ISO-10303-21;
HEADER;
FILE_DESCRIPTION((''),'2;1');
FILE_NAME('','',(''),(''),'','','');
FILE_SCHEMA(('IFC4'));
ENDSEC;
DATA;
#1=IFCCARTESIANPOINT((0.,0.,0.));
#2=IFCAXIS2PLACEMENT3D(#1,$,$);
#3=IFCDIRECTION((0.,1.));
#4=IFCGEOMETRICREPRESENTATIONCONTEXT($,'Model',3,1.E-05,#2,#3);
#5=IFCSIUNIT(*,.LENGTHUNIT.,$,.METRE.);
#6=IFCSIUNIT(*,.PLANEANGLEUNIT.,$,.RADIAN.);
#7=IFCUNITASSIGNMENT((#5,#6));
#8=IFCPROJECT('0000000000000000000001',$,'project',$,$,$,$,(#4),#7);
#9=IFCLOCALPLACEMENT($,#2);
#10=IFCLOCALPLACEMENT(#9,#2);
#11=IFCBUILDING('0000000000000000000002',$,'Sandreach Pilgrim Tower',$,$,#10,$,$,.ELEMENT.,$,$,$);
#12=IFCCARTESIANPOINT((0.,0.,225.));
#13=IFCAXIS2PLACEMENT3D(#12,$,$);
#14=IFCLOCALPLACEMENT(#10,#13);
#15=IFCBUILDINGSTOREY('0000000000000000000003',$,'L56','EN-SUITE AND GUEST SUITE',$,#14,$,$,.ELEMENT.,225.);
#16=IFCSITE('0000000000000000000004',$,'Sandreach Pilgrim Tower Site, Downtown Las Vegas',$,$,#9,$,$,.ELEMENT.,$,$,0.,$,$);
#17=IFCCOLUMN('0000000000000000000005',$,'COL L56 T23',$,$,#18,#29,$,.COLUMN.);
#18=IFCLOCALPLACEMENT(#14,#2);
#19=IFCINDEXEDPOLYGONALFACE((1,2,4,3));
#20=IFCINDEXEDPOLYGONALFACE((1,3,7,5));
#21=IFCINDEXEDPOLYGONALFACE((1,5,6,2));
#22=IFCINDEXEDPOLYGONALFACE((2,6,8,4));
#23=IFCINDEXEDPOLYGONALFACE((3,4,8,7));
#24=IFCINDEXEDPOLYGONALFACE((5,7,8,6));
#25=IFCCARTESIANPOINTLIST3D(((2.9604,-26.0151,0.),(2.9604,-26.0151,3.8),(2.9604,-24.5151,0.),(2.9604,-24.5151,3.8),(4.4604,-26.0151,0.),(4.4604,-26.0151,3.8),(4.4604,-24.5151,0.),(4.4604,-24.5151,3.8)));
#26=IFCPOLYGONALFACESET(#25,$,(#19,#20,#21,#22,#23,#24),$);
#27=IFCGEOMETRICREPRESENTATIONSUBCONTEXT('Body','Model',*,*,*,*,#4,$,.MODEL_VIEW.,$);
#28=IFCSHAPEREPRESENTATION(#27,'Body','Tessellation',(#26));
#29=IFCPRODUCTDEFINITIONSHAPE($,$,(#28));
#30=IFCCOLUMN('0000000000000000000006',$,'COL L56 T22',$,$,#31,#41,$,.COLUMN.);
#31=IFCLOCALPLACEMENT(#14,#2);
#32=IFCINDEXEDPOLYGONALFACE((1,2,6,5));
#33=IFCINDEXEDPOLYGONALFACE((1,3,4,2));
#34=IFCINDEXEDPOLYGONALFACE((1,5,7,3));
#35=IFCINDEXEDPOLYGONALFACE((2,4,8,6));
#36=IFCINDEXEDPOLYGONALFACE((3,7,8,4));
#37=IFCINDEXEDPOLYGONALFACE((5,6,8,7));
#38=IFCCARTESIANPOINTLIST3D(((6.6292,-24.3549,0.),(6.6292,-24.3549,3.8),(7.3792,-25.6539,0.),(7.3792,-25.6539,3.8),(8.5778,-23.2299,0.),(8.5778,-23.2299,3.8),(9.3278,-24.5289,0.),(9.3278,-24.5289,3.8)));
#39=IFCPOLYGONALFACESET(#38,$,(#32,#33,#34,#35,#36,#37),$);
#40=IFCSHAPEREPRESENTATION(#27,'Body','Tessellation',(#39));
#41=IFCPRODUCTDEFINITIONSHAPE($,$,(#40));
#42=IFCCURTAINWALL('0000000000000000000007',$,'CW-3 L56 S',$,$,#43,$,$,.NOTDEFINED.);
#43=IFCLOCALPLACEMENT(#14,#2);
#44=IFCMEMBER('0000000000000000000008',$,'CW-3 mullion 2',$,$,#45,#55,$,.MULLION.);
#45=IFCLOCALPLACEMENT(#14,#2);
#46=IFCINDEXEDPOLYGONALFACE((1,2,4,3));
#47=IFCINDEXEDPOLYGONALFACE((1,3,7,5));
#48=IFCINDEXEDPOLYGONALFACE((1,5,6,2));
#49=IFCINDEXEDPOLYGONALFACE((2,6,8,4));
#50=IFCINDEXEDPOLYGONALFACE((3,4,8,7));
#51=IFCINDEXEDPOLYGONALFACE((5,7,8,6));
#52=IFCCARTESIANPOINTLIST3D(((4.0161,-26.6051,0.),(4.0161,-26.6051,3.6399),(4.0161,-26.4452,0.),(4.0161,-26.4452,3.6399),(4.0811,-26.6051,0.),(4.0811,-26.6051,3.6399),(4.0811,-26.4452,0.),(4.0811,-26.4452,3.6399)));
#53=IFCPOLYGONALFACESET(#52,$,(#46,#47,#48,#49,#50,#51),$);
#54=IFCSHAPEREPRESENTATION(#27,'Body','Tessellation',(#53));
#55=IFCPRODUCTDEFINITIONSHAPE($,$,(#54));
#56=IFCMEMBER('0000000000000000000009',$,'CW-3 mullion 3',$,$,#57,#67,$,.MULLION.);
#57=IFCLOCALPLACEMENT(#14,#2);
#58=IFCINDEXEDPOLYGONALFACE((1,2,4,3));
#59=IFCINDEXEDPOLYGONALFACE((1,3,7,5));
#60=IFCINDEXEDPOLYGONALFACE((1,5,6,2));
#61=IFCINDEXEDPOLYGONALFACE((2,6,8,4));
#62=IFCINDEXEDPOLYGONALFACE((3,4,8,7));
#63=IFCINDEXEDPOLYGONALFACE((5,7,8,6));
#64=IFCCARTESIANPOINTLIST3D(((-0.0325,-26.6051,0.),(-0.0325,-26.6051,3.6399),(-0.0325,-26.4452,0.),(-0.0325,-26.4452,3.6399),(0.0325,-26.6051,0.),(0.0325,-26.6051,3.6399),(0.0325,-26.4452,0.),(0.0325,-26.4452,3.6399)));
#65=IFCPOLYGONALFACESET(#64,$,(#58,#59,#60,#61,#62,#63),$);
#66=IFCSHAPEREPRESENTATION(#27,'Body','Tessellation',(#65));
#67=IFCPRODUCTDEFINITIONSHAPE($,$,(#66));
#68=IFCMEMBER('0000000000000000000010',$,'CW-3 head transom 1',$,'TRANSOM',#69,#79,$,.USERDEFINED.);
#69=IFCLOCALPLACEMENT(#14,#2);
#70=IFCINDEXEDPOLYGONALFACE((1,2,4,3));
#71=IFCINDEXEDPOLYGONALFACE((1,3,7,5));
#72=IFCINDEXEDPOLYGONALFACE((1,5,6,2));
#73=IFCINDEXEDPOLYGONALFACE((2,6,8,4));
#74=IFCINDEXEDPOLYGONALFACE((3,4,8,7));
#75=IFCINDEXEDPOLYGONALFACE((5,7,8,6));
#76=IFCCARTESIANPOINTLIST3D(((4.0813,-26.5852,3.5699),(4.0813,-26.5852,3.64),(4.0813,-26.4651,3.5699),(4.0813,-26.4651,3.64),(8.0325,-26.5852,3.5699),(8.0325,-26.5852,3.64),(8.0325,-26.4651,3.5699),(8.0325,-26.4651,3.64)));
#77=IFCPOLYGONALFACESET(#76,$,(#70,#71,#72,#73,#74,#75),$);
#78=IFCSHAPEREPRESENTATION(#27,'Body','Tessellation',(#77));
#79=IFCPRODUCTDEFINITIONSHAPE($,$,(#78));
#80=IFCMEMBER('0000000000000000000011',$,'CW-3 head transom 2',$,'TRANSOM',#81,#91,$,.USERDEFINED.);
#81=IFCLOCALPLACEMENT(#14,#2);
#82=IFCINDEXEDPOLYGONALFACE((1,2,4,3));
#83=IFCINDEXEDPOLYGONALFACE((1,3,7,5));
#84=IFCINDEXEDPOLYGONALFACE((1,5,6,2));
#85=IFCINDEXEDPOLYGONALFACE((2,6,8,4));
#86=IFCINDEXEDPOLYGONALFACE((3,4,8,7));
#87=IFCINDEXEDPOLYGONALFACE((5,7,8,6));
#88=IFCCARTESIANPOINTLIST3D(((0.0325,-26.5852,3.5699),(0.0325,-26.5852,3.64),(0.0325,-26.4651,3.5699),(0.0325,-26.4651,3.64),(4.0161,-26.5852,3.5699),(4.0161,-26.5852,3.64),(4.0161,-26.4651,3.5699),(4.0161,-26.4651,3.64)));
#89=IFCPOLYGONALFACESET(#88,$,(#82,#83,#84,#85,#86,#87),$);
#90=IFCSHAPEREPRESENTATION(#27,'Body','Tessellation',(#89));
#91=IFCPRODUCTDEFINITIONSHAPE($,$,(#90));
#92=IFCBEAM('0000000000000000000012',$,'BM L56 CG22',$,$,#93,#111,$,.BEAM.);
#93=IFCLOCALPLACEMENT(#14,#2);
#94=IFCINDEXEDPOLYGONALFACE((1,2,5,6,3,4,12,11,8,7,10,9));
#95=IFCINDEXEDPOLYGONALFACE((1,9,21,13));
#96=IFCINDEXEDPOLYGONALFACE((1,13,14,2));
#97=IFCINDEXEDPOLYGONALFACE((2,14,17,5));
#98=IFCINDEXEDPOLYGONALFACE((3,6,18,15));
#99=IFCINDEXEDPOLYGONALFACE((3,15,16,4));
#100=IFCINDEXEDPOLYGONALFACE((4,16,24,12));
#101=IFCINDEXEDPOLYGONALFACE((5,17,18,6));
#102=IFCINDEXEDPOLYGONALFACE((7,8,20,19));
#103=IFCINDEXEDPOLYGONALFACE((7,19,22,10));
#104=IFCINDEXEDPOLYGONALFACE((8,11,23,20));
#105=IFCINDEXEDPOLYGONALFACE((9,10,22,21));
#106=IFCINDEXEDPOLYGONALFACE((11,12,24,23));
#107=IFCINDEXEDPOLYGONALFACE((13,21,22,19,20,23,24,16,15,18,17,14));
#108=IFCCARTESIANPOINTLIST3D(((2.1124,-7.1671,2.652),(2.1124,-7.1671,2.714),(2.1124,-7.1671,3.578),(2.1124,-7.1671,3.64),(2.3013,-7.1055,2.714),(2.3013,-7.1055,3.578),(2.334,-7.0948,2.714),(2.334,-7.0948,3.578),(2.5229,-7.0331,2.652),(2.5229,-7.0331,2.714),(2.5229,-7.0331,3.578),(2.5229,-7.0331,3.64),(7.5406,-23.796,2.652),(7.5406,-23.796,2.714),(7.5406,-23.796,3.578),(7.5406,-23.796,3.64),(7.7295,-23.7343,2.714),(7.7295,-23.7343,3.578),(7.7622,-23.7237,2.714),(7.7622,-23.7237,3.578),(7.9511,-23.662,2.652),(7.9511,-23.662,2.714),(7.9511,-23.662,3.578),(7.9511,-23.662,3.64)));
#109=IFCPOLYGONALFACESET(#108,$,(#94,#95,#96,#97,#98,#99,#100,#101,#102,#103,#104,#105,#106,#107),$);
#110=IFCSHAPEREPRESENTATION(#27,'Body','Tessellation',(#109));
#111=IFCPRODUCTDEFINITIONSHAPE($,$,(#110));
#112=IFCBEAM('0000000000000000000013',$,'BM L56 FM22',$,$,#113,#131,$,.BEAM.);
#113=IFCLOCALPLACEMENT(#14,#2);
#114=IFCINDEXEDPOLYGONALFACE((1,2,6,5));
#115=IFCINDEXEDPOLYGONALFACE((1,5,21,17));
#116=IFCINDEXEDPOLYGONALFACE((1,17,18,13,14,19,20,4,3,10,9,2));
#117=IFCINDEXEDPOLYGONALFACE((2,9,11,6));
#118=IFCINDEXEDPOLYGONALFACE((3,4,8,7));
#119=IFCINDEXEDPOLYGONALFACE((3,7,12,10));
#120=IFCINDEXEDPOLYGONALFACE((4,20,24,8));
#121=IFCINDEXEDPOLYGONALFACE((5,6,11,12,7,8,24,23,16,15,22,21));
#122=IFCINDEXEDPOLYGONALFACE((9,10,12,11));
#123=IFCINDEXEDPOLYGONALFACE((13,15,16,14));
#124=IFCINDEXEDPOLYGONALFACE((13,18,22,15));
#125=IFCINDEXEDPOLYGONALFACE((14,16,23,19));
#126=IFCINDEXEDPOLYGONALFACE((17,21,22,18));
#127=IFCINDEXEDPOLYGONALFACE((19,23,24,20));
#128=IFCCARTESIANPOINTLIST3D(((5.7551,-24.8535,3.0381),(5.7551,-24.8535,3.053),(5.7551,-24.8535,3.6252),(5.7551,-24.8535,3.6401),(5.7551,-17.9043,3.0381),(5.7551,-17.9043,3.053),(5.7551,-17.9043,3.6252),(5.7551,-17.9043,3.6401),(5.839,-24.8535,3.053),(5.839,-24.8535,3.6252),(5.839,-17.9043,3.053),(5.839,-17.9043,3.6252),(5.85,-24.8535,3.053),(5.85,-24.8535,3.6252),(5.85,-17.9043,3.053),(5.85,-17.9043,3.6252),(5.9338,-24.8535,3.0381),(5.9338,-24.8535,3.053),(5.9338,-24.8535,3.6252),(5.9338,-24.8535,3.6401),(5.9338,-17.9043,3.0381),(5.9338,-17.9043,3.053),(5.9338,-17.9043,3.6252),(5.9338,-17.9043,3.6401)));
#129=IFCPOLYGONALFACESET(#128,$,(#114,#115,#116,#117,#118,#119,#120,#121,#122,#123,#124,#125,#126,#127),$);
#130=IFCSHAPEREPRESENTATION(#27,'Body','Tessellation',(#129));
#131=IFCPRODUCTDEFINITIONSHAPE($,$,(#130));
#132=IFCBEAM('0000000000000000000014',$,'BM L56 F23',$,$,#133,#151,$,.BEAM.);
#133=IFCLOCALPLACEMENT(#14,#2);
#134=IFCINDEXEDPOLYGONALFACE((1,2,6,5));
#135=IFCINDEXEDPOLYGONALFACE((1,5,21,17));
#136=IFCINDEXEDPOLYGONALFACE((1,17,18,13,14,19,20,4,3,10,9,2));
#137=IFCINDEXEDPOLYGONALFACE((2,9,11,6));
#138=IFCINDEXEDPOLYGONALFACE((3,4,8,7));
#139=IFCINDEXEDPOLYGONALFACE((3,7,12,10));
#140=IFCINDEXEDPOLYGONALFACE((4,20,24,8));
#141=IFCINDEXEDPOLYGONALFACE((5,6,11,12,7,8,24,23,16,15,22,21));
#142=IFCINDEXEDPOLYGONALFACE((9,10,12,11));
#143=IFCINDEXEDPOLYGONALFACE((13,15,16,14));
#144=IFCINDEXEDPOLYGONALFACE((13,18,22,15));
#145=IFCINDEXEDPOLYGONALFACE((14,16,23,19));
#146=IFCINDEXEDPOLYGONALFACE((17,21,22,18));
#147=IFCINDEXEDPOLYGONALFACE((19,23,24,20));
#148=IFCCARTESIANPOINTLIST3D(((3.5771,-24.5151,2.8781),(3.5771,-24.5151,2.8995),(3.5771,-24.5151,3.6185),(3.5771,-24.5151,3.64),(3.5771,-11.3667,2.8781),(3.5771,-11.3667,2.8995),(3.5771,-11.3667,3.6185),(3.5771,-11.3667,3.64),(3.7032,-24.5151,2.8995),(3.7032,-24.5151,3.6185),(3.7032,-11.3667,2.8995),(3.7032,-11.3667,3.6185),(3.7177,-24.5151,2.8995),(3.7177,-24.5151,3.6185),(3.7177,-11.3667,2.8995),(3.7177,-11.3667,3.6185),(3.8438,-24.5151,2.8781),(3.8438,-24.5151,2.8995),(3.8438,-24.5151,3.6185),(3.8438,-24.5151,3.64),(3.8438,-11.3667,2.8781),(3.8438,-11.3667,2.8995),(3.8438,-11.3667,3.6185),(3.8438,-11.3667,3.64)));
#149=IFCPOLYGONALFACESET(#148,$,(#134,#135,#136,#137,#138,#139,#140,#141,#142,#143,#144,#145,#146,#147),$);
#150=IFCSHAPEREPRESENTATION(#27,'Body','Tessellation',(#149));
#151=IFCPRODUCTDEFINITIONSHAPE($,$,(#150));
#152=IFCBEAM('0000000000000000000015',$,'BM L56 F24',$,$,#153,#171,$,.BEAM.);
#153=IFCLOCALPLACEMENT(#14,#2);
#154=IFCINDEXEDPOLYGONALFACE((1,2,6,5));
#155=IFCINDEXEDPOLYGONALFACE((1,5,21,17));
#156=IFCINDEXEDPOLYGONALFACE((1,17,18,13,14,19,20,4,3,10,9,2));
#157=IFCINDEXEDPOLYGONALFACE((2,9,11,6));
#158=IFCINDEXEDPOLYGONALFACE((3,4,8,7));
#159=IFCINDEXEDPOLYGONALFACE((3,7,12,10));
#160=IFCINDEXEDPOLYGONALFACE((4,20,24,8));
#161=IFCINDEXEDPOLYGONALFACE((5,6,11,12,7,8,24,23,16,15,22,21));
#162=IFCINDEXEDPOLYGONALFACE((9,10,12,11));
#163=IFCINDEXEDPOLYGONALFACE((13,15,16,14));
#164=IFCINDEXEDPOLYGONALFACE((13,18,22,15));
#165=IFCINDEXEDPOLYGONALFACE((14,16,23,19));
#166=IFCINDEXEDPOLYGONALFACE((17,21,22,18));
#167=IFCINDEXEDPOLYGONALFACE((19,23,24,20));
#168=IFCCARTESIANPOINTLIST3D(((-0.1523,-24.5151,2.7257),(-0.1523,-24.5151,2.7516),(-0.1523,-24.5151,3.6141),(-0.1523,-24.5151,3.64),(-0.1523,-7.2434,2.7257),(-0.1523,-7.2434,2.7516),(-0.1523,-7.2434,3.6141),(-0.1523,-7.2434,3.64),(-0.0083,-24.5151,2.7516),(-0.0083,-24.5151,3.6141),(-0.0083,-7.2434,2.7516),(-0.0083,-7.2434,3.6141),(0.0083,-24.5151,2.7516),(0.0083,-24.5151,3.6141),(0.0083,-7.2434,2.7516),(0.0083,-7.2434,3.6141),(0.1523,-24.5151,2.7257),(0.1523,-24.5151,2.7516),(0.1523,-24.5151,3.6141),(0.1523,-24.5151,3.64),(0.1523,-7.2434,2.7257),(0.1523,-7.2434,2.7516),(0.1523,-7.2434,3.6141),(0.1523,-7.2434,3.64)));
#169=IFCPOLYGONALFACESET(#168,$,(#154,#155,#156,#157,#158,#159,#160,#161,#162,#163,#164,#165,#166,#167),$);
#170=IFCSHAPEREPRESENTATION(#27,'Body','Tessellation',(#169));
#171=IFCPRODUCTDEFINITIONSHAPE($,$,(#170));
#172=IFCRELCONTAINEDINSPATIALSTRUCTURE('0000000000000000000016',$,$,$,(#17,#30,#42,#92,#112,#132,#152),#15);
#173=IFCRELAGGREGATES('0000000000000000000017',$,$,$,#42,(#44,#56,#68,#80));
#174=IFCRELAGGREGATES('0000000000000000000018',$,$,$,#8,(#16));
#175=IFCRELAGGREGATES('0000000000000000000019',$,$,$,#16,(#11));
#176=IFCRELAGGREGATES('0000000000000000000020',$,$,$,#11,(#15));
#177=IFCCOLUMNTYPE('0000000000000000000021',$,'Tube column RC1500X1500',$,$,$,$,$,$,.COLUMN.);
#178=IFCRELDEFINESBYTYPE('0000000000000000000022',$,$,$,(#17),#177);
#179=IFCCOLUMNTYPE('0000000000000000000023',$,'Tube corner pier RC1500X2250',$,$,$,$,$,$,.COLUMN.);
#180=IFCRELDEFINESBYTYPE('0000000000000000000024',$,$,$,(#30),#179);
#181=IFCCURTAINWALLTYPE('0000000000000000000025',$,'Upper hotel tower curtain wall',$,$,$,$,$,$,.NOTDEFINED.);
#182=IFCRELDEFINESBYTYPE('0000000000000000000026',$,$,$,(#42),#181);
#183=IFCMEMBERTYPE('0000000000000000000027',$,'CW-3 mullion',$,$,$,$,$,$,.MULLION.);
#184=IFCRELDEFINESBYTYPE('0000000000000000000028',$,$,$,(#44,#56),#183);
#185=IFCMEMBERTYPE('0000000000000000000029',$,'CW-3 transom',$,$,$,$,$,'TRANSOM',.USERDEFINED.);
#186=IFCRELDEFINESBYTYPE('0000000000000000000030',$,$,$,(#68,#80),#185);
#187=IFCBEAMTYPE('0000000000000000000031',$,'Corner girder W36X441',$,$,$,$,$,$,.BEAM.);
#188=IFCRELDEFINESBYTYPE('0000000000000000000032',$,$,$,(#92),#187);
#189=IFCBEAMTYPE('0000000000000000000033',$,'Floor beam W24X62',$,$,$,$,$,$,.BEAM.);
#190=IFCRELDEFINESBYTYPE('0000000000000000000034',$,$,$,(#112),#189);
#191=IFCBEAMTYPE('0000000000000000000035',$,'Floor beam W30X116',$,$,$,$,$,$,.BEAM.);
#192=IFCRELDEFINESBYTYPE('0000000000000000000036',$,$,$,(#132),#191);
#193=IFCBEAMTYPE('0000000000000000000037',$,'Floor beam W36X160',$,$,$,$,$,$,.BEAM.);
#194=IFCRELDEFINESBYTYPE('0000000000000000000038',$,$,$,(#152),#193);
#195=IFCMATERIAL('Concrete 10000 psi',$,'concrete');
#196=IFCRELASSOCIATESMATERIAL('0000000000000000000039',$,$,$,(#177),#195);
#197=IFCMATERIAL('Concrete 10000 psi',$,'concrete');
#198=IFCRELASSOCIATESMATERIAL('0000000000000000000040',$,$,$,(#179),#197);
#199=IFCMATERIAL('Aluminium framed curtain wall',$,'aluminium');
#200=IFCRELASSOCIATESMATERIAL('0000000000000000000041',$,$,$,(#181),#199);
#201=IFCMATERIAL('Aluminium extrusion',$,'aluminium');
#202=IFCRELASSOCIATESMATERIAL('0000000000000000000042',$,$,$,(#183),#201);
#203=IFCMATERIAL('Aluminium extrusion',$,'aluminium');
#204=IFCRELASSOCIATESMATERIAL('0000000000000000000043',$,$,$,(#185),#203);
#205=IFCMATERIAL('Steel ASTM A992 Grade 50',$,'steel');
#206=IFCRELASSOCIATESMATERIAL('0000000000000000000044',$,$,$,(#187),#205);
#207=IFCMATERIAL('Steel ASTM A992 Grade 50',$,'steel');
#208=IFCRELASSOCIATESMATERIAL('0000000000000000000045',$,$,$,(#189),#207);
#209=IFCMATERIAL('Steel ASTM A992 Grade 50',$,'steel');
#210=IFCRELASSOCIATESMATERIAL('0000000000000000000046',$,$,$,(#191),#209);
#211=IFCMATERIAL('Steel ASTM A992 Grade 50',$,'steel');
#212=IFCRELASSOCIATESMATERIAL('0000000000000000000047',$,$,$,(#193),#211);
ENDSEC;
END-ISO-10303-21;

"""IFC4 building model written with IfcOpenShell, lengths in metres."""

from ifc_helpers import new_model, si_unit, direction, frame, origin, origin_2d, place, context, subcontext, project, spatial, rectangle, i_section, extrude, material, material_profile, profile_set, type_object, element, aggregate, save


model = new_model("IFC4")

# Units and contexts
model_context = context("Model", 3, precision=1e-05, world=origin(), true_north=direction((0.0, 1.0)))
body_context = subcontext(model_context, "Body", "Model", "MODEL_VIEW")
ifc_project = project(units=[si_unit("LENGTHUNIT", "METRE"), si_unit("PLANEANGLEUNIT", "RADIAN")], contexts=[model_context])

# Site, building, storey
site_placement = place(None, origin())
site = spatial("IfcSite", under=ifc_project, at=site_placement, Name="Sandreach Pilgrim Tower Site, Downtown Las Vegas", CompositionType="ELEMENT", RefElevation=0.0)
building_placement = place(site_placement, origin())
building = spatial("IfcBuilding", under=site, at=building_placement, Name="Sandreach Pilgrim Tower", CompositionType="ELEMENT")
storey_placement = place(building_placement, frame((0.0, 0.0, 225.0)))
storey = spatial("IfcBuildingStorey", under=building, at=storey_placement, Name="L56", Description="EN-SUITE AND GUEST SUITE", CompositionType="ELEMENT", Elevation=225.0)

# Columns
ifc_material_1 = material(Name="Concrete 10000 psi", Category="concrete")
ifc_material_profile_1 = material_profile(ifc_material_1, rectangle(XDim=1.5, YDim=1.5, at=origin_2d()), Name="RC1500X1500")
ifc_profile_set_1 = profile_set([ifc_material_profile_1], Name="Concrete 10000 psi")
column_type_1 = type_object("IfcColumnType", Name="Tube column RC1500X1500", PredefinedType="COLUMN", material=ifc_profile_set_1)
column_1_placement = place(storey_placement, frame((3.7104, -25.2651, 0.0), z_axis=(0.0, 0.0, 1.0), x_axis=(0.0, -1.0, 0.0)))
element("IfcColumn", 1, at=column_1_placement, inside=storey, type_object=column_type_1, Name="COL L56 T23", PredefinedType="COLUMN", context=body_context, shape_type="SweptSolid", body=[
    extrude(rectangle(XDim=1.5, YDim=1.5, at=origin_2d()), origin(), (0.0, 0.0, 1.0), 3.8),
])
ifc_material_2 = material(Name="Concrete 10000 psi", Category="concrete")
ifc_material_profile_2 = material_profile(ifc_material_2, rectangle(XDim=1.5, YDim=2.25, at=origin_2d()), Name="RC1500X2250")
ifc_profile_set_2 = profile_set([ifc_material_profile_2], Name="Concrete 10000 psi")
column_type_2 = type_object("IfcColumnType", Name="Tube corner pier RC1500X2250", PredefinedType="COLUMN", material=ifc_profile_set_2)
column_2_placement = place(storey_placement, frame((7.9785, -24.4419, 0.0), z_axis=(0.0, 0.0, 1.0), x_axis=(0.5, -0.866025, 0.0)))
element("IfcColumn", 2, at=column_2_placement, inside=storey, type_object=column_type_2, Name="COL L56 T22", PredefinedType="COLUMN", context=body_context, shape_type="SweptSolid", body=[
    extrude(rectangle(XDim=1.5, YDim=2.25, at=origin_2d()), origin(), (0.0, 0.0, 1.0), 3.8),
])

# Curtain wall, members
ifc_material_3 = material(Name="Aluminium framed curtain wall", Category="aluminium")
curtain_wall_type = type_object("IfcCurtainWallType", Name="Upper hotel tower curtain wall", PredefinedType="NOTDEFINED", material=ifc_material_3)
curtain_wall_placement = place(storey_placement, origin())
curtain_wall = element("IfcCurtainWall", 3, at=curtain_wall_placement, inside=storey, type_object=curtain_wall_type, Name="CW-3 L56 S", PredefinedType="NOTDEFINED")
ifc_material_4 = material(Name="Aluminium extrusion", Category="aluminium")
ifc_material_profile_3 = material_profile(ifc_material_4, rectangle(XDim=0.0649, YDim=0.1599, at=origin_2d()), Name="CW-3M 65X160")
ifc_profile_set_3 = profile_set([ifc_material_profile_3], Name="Aluminium extrusion")
member_type_1 = type_object("IfcMemberType", Name="CW-3 mullion", PredefinedType="MULLION", material=ifc_profile_set_3)
member_1_placement = place(storey_placement, frame((4.0486, -26.5251, 0.0), z_axis=(0.0, 0.0, 1.0), x_axis=(-1.0, 0.0, 0.0)))
member_1 = element("IfcMember", 4, at=member_1_placement, type_object=member_type_1, Name="CW-3 mullion 2", PredefinedType="MULLION", context=body_context, shape_type="SweptSolid", body=[
    extrude(rectangle(XDim=0.0649, YDim=0.1599, at=origin_2d()), origin(), (0.0, 0.0, 1.0), 3.6399),
])
member_2_placement = place(storey_placement, frame((0.0, -26.5251, 0.0), z_axis=(0.0, 0.0, 1.0), x_axis=(-1.0, 0.0, 0.0)))
member_2 = element("IfcMember", 5, at=member_2_placement, type_object=member_type_1, Name="CW-3 mullion 3", PredefinedType="MULLION", context=body_context, shape_type="SweptSolid", body=[
    extrude(rectangle(XDim=0.0649, YDim=0.1599, at=origin_2d()), origin(), (0.0, 0.0, 1.0), 3.6399),
])
ifc_material_5 = material(Name="Aluminium extrusion", Category="aluminium")
ifc_material_profile_4 = material_profile(ifc_material_5, rectangle(XDim=0.1201, YDim=0.0701, at=origin_2d()), Name="CW-3T 120X70")
ifc_profile_set_4 = profile_set([ifc_material_profile_4], Name="Aluminium extrusion")
member_type_2 = type_object("IfcMemberType", Name="CW-3 transom", ElementType="TRANSOM", PredefinedType="USERDEFINED", material=ifc_profile_set_4)
member_3_placement = place(storey_placement, frame((8.0325, -26.5251, 3.605), z_axis=(-1.0, 0.0, 0.0), x_axis=(0.0, -1.0, 0.0)))
member_3 = element("IfcMember", 6, at=member_3_placement, type_object=member_type_2, Name="CW-3 head transom 1", ObjectType="TRANSOM", PredefinedType="USERDEFINED", context=body_context, shape_type="SweptSolid", body=[
    extrude(rectangle(XDim=0.1201, YDim=0.0701, at=origin_2d()), origin(), (0.0, 0.0, 1.0), 3.9512),
])
member_4_placement = place(storey_placement, frame((4.0161, -26.5251, 3.605), z_axis=(-1.0, 0.0, 0.0), x_axis=(0.0, -1.0, 0.0)))
member_4 = element("IfcMember", 7, at=member_4_placement, type_object=member_type_2, Name="CW-3 head transom 2", ObjectType="TRANSOM", PredefinedType="USERDEFINED", context=body_context, shape_type="SweptSolid", body=[
    extrude(rectangle(XDim=0.1201, YDim=0.0701, at=origin_2d()), origin(), (0.0, 0.0, 1.0), 3.9836),
])

# Beams
ifc_material_6 = material(Name="Steel ASTM A992 Grade 50", Category="steel")
ifc_material_profile_5 = material_profile(ifc_material_6, i_section(OverallWidth=0.4319, OverallDepth=0.988, WebThickness=0.0344, FlangeThickness=0.062, at=origin_2d()), Name="W36X441")
ifc_profile_set_5 = profile_set([ifc_material_profile_5], Name="Steel ASTM A992 Grade 50")
beam_type_1 = type_object("IfcBeamType", Name="Corner girder W36X441", PredefinedType="BEAM", material=ifc_profile_set_5)
beam_1_placement = place(storey_placement, frame((7.7458, -23.729, 3.146), z_axis=(-0.310318, 0.950633, 0.0), x_axis=(-0.950633, -0.310318, 0.0)))
element("IfcBeam", 8, at=beam_1_placement, inside=storey, type_object=beam_type_1, Name="BM L56 CG22", PredefinedType="BEAM", context=body_context, shape_type="SweptSolid", body=[
    extrude(i_section(OverallWidth=0.4319, OverallDepth=0.988, WebThickness=0.0344, FlangeThickness=0.062, at=origin_2d()), origin(), (0.0, 0.0, 1.0), 17.4924),
])
ifc_material_7 = material(Name="Steel ASTM A992 Grade 50", Category="steel")
ifc_material_profile_6 = material_profile(ifc_material_7, i_section(OverallWidth=0.1787, OverallDepth=0.6021, WebThickness=0.011, FlangeThickness=0.0149, at=origin_2d()), Name="W24X62")
ifc_profile_set_6 = profile_set([ifc_material_profile_6], Name="Steel ASTM A992 Grade 50")
beam_type_2 = type_object("IfcBeamType", Name="Floor beam W24X62", PredefinedType="BEAM", material=ifc_profile_set_6)
beam_2_placement = place(storey_placement, frame((5.8445, -24.8535, 3.3391), z_axis=(0.0, 1.0, 0.0), x_axis=(-1.0, 0.0, 0.0)))
element("IfcBeam", 9, at=beam_2_placement, inside=storey, type_object=beam_type_2, Name="BM L56 FM22", PredefinedType="BEAM", context=body_context, shape_type="SweptSolid", body=[
    extrude(i_section(OverallWidth=0.1787, OverallDepth=0.6021, WebThickness=0.011, FlangeThickness=0.0149, at=origin_2d()), origin(), (0.0, 0.0, 1.0), 6.9492),
])
ifc_material_8 = material(Name="Steel ASTM A992 Grade 50", Category="steel")
ifc_material_profile_7 = material_profile(ifc_material_8, i_section(OverallWidth=0.2666, OverallDepth=0.762, WebThickness=0.0144, FlangeThickness=0.0215, at=origin_2d()), Name="W30X116")
ifc_profile_set_7 = profile_set([ifc_material_profile_7], Name="Steel ASTM A992 Grade 50")
beam_type_3 = type_object("IfcBeamType", Name="Floor beam W30X116", PredefinedType="BEAM", material=ifc_profile_set_7)
beam_3_placement = place(storey_placement, frame((3.7104, -24.5151, 3.259), z_axis=(0.0, 1.0, 0.0), x_axis=(-1.0, 0.0, 0.0)))
element("IfcBeam", 10, at=beam_3_placement, inside=storey, type_object=beam_type_3, Name="BM L56 F23", PredefinedType="BEAM", context=body_context, shape_type="SweptSolid", body=[
    extrude(i_section(OverallWidth=0.2666, OverallDepth=0.762, WebThickness=0.0144, FlangeThickness=0.0215, at=origin_2d()), origin(), (0.0, 0.0, 1.0), 13.1484),
])
ifc_material_9 = material(Name="Steel ASTM A992 Grade 50", Category="steel")
ifc_material_profile_8 = material_profile(ifc_material_9, i_section(OverallWidth=0.3047, OverallDepth=0.9143, WebThickness=0.0166, FlangeThickness=0.0259, at=origin_2d()), Name="W36X160")
ifc_profile_set_8 = profile_set([ifc_material_profile_8], Name="Steel ASTM A992 Grade 50")
beam_type_4 = type_object("IfcBeamType", Name="Floor beam W36X160", PredefinedType="BEAM", material=ifc_profile_set_8)
beam_4_placement = place(storey_placement, frame((0.0, -24.5151, 3.1829), z_axis=(0.0, 1.0, 0.0), x_axis=(-1.0, 0.0, 0.0)))
element("IfcBeam", 11, at=beam_4_placement, inside=storey, type_object=beam_type_4, Name="BM L56 F24", PredefinedType="BEAM", context=body_context, shape_type="SweptSolid", body=[
    extrude(i_section(OverallWidth=0.3047, OverallDepth=0.9143, WebThickness=0.0166, FlangeThickness=0.0259, at=origin_2d()), origin(), (0.0, 0.0, 1.0), 17.2717),
])

aggregate(curtain_wall, [member_1, member_2, member_3, member_4])

save(model, "model.ifc")
